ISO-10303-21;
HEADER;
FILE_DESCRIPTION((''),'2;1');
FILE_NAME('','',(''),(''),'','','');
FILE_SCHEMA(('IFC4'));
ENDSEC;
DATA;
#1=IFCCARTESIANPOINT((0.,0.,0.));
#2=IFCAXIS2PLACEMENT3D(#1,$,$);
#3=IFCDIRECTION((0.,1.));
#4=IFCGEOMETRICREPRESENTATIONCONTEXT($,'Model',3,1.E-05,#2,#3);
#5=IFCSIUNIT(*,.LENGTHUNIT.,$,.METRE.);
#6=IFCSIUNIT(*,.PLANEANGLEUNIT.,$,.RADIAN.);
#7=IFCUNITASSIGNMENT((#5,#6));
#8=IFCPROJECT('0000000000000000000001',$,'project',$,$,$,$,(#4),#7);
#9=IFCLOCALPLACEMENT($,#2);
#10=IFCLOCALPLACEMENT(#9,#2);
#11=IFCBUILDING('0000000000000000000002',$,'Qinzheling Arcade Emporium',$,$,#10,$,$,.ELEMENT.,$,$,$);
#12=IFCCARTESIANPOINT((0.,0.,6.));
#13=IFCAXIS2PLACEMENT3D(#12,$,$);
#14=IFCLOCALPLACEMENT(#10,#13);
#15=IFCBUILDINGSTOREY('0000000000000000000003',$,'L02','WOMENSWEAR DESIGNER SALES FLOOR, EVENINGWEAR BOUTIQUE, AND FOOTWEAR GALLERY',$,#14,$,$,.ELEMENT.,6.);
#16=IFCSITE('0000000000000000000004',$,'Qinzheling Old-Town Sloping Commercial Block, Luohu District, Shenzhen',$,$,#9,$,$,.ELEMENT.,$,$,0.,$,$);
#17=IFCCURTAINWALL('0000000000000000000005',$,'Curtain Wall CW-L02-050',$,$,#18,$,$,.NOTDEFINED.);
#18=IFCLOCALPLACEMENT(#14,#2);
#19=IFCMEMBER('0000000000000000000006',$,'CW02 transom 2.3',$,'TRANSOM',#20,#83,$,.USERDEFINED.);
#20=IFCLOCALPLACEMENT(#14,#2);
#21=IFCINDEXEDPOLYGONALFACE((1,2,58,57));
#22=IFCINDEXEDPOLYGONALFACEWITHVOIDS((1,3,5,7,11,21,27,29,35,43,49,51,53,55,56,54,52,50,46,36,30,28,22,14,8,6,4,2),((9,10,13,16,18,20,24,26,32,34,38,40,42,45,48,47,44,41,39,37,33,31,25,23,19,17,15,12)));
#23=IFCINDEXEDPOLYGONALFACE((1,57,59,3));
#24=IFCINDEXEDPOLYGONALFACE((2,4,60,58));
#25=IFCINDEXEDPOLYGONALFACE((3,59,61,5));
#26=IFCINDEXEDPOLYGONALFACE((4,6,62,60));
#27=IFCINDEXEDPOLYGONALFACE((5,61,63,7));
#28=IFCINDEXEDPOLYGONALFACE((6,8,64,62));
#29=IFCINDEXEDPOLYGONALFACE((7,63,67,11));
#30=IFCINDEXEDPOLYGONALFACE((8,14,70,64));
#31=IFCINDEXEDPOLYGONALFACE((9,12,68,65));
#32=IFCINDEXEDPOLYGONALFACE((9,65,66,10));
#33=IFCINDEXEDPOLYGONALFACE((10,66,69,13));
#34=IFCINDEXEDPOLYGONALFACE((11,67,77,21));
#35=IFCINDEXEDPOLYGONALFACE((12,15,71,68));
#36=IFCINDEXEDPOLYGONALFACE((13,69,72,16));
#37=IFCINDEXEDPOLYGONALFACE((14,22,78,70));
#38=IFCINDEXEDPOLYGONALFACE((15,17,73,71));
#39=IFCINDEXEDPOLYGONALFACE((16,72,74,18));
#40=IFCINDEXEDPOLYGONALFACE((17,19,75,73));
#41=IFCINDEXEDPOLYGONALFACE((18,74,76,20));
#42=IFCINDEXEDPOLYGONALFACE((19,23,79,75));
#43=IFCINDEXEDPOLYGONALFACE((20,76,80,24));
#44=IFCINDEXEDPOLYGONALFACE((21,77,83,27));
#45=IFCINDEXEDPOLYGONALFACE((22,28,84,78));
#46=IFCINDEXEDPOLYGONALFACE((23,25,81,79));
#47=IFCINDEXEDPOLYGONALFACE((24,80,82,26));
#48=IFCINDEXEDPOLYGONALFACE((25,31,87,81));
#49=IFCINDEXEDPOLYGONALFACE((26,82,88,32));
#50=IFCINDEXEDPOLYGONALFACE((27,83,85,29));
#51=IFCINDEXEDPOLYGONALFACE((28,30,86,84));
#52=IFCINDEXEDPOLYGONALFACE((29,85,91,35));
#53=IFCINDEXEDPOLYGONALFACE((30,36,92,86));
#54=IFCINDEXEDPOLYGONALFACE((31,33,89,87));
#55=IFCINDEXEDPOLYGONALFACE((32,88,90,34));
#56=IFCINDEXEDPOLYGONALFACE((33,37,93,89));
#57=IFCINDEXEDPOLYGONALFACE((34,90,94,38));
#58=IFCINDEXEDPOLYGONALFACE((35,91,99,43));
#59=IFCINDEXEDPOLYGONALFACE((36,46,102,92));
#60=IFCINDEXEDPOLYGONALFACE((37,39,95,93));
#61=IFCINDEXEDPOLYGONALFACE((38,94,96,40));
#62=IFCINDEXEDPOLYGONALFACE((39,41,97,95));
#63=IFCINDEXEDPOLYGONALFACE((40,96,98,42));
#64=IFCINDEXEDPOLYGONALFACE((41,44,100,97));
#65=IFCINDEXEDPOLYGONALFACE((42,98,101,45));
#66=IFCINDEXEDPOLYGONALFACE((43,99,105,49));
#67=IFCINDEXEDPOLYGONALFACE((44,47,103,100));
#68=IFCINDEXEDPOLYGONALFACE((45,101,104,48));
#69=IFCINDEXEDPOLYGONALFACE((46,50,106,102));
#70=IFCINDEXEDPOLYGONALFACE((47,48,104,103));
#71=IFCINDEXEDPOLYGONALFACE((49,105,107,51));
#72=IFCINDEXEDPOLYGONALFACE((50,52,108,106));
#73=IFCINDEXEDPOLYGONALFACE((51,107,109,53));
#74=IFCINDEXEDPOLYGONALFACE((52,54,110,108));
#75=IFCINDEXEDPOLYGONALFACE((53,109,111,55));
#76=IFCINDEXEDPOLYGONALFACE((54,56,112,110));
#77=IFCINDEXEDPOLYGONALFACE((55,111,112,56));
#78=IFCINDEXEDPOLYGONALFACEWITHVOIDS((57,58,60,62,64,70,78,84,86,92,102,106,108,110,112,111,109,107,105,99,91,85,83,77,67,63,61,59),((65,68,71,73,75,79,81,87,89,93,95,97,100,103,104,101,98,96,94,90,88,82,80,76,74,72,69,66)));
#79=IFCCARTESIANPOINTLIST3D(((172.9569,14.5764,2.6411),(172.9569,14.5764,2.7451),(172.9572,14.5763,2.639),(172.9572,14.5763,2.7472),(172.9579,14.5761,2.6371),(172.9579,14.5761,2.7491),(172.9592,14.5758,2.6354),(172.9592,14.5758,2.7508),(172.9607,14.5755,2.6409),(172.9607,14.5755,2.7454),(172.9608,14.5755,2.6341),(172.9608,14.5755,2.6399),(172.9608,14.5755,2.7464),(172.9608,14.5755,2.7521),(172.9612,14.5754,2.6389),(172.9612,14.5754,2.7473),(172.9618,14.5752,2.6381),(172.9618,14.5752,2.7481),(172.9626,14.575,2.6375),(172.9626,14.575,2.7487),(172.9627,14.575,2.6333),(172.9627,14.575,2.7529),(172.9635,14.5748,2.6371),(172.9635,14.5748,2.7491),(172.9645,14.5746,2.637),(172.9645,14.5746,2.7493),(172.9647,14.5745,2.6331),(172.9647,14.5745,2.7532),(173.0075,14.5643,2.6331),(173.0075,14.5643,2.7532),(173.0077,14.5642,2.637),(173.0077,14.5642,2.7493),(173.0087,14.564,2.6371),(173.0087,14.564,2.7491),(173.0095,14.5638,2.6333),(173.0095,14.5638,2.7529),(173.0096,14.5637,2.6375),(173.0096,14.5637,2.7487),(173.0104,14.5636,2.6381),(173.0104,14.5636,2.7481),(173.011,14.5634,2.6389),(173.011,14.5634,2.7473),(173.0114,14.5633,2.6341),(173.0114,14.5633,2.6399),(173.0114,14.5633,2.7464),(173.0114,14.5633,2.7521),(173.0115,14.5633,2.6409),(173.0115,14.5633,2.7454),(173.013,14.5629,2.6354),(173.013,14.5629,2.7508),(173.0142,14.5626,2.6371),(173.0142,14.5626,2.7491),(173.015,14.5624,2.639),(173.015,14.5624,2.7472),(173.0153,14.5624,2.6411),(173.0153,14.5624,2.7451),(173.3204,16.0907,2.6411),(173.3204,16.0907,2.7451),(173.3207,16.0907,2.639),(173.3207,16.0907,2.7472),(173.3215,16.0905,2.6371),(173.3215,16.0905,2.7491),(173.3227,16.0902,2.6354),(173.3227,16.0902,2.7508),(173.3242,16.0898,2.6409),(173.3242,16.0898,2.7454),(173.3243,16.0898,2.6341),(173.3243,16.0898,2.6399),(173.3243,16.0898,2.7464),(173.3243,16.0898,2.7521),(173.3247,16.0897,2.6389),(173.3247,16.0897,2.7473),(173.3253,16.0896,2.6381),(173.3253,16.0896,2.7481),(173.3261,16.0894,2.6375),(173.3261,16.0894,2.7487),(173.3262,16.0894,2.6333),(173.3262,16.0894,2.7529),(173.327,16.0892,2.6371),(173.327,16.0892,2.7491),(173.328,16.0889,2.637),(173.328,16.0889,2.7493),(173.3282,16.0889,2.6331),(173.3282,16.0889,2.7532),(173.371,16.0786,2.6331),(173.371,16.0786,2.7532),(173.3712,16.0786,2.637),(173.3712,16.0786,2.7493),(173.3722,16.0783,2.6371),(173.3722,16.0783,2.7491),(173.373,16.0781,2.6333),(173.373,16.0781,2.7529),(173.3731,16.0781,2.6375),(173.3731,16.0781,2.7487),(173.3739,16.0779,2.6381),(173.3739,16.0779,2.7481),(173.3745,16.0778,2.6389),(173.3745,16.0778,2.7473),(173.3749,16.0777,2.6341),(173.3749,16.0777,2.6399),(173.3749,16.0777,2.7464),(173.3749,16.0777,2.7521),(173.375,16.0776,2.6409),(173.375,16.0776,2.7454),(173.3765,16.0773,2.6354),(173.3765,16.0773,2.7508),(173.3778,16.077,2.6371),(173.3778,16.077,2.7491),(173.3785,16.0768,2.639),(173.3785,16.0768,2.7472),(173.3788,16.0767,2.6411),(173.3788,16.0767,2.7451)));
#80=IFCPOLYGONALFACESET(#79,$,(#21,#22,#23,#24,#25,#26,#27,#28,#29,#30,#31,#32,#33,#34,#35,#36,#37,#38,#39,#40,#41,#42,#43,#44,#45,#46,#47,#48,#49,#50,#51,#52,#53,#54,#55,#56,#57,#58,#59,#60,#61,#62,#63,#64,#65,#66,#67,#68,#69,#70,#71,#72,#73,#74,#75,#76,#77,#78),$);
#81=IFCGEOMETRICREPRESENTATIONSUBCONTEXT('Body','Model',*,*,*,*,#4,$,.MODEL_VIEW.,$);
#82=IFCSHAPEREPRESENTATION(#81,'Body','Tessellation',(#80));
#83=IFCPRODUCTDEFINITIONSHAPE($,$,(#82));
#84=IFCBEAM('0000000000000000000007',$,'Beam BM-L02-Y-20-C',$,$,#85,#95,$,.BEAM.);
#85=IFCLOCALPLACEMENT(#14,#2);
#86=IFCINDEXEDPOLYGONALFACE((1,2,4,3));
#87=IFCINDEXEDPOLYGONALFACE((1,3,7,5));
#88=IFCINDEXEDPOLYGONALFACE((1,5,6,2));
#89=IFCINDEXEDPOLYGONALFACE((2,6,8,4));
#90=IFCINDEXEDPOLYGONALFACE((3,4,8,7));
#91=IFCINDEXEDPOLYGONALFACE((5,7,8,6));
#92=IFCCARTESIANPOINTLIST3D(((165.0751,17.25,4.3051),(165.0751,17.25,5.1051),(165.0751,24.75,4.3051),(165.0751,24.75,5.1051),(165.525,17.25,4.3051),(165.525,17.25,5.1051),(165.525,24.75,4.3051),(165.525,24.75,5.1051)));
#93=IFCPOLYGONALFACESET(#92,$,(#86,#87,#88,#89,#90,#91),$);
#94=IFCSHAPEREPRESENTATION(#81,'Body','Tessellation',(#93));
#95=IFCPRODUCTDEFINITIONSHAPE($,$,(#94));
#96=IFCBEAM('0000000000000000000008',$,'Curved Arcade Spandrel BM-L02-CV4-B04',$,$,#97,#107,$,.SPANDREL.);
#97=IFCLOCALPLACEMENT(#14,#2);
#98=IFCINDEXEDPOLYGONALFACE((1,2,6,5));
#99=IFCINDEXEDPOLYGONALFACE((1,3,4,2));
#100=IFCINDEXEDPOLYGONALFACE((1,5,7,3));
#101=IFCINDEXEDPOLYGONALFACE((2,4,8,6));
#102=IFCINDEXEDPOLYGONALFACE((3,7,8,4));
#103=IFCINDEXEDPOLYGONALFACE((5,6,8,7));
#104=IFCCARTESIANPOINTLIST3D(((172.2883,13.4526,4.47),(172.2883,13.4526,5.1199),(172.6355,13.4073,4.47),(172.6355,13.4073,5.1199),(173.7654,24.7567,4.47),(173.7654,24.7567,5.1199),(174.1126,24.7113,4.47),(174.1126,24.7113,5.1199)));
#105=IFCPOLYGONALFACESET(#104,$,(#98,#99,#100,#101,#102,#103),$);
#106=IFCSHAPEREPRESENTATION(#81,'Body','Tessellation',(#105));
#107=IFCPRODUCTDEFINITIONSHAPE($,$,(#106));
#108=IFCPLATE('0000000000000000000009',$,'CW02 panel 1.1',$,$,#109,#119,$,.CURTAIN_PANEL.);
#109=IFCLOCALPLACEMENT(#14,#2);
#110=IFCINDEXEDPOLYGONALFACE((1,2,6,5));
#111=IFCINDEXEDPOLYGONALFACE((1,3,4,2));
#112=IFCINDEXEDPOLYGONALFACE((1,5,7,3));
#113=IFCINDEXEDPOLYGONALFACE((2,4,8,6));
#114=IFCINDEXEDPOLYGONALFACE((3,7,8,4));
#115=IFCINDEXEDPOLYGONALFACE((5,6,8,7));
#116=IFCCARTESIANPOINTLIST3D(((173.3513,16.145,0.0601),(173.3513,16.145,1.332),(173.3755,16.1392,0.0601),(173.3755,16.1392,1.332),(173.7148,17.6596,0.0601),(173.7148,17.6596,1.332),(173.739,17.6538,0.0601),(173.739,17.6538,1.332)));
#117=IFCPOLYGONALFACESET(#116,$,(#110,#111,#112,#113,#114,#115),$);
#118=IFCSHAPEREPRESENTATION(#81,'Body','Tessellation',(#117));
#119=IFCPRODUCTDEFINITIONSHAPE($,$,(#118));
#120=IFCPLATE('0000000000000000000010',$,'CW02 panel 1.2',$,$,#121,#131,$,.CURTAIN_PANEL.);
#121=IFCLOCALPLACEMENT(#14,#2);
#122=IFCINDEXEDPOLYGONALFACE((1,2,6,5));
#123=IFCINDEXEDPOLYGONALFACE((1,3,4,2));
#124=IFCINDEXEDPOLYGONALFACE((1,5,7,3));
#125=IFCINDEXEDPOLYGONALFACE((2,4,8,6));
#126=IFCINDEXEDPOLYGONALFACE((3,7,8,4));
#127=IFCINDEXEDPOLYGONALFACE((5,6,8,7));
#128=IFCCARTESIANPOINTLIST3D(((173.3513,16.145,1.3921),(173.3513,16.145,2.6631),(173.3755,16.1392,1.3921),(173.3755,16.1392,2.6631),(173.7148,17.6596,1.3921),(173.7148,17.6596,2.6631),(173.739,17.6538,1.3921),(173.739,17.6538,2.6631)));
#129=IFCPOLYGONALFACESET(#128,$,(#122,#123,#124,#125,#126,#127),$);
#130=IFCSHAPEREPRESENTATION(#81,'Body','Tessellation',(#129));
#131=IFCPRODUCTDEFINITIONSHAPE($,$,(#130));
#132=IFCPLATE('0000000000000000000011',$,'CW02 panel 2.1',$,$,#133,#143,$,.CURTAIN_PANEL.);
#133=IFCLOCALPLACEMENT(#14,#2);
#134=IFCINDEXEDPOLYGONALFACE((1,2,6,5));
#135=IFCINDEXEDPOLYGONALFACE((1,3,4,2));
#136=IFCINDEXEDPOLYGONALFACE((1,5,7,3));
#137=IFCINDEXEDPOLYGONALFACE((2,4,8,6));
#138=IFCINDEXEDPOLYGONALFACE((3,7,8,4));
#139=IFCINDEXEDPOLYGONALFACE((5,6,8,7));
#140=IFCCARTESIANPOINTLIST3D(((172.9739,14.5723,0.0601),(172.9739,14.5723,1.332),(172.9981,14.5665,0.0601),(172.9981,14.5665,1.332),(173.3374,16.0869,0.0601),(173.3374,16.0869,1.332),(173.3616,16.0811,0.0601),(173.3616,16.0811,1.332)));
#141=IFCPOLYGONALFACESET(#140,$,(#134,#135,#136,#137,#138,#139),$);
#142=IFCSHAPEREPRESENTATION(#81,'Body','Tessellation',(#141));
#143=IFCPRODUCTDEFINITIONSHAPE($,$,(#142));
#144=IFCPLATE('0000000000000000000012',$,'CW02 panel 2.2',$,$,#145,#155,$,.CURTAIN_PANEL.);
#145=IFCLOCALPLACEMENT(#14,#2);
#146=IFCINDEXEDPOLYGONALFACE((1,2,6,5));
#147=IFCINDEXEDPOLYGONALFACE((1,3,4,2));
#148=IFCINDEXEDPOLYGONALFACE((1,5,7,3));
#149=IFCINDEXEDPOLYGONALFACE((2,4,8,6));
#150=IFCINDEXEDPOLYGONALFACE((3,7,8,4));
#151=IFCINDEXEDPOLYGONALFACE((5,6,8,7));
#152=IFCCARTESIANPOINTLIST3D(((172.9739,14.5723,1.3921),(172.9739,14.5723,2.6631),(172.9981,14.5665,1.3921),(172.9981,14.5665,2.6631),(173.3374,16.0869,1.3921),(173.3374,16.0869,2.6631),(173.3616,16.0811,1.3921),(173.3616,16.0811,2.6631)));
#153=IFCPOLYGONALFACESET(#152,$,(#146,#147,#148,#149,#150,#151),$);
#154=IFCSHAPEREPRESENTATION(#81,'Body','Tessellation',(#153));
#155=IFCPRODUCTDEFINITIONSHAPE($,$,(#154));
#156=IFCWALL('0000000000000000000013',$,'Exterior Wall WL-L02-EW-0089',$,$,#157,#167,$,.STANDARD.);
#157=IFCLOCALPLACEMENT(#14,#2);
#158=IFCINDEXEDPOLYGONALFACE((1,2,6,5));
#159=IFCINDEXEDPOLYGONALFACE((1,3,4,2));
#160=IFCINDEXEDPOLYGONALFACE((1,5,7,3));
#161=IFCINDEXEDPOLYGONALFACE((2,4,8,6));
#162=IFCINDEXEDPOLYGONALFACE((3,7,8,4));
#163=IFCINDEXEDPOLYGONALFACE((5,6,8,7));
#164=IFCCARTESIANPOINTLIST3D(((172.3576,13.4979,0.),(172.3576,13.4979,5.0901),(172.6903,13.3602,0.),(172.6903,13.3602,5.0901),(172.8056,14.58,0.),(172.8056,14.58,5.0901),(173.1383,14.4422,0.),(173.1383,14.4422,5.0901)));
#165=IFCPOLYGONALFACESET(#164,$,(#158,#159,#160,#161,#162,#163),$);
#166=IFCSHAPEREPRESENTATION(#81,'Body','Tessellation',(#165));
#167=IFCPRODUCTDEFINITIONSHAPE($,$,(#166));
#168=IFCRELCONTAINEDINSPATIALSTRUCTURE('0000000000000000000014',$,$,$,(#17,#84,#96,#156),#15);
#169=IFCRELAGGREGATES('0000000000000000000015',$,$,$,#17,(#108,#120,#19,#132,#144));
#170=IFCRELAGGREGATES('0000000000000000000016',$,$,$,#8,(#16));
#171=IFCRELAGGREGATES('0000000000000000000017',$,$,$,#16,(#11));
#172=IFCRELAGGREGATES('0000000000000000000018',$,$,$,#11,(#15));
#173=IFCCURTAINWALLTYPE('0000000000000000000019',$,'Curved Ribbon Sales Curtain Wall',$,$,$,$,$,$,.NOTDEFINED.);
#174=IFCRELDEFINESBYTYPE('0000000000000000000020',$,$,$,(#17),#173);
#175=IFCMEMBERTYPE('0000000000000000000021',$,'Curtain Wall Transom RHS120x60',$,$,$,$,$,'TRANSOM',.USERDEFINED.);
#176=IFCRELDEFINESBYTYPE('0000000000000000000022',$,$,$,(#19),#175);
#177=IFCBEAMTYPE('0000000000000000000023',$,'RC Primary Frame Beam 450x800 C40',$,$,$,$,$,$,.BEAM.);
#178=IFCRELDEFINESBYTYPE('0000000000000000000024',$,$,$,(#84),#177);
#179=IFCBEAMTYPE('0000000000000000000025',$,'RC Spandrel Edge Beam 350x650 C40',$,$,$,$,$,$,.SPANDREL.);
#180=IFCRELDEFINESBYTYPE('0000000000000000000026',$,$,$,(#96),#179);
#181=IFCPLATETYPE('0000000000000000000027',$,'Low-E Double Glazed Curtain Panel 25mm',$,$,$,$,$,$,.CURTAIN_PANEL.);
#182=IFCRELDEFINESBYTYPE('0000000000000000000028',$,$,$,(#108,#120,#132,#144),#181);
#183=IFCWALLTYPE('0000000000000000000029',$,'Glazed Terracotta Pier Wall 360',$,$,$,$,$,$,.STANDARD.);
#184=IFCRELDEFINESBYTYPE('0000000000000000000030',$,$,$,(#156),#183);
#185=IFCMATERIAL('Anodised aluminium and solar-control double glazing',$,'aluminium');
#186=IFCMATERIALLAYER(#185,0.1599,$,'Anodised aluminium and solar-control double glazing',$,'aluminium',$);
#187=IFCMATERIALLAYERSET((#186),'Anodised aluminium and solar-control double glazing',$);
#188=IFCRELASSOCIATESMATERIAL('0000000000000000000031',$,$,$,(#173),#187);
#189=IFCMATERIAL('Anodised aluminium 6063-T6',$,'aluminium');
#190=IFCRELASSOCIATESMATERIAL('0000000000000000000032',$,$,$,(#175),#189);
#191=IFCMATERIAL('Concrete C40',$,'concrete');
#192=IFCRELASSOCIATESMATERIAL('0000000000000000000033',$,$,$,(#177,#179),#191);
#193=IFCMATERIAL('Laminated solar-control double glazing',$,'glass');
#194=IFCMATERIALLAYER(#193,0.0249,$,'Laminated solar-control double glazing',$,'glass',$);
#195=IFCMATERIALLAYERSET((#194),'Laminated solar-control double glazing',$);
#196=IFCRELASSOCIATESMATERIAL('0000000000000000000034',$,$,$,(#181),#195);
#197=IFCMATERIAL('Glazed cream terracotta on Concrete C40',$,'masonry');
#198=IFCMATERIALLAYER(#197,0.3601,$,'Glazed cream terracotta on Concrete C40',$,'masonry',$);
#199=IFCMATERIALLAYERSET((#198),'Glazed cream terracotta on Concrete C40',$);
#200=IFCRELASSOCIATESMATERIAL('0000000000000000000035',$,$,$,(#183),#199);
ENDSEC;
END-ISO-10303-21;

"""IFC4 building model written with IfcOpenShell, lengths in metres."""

from ifc_helpers import new_model, si_unit, direction, frame, frame_2d, origin, origin_2d, place, context, subcontext, project, spatial, rectangle, hollow_rectangle, extrude, material, layer, layer_set, material_profile, profile_set, type_object, element, aggregate, save


model = new_model("IFC4")

# Units and contexts
model_context = context("Model", 3, precision=1e-05, world=origin(), true_north=direction((0.0, 1.0)))
body_context = subcontext(model_context, "Body", "Model", "MODEL_VIEW")
ifc_project = project(units=[si_unit("LENGTHUNIT", "METRE"), si_unit("PLANEANGLEUNIT", "RADIAN")], contexts=[model_context])

# Site, building, storey
site_placement = place(None, origin())
site = spatial("IfcSite", under=ifc_project, at=site_placement, Name="Qinzheling Old-Town Sloping Commercial Block, Luohu District, Shenzhen", CompositionType="ELEMENT", RefElevation=0.0)
building_placement = place(site_placement, origin())
building = spatial("IfcBuilding", under=site, at=building_placement, Name="Qinzheling Arcade Emporium", CompositionType="ELEMENT")
storey_placement = place(building_placement, frame((0.0, 0.0, 6.0)))
storey = spatial("IfcBuildingStorey", under=building, at=storey_placement, Name="L02", Description="WOMENSWEAR DESIGNER SALES FLOOR, EVENINGWEAR BOUTIQUE, AND FOOTWEAR GALLERY", CompositionType="ELEMENT", Elevation=6.0)

# Curtain wall, member
ifc_material_1 = material(Name="Anodised aluminium and solar-control double glazing", Category="aluminium")
ifc_layer_1 = layer(ifc_material_1, 0.1599, Name="Anodised aluminium and solar-control double glazing", Category="aluminium")
ifc_layer_set_1 = layer_set([ifc_layer_1], Name="Anodised aluminium and solar-control double glazing")
curtain_wall_type = type_object("IfcCurtainWallType", Name="Curved Ribbon Sales Curtain Wall", PredefinedType="NOTDEFINED", material=ifc_layer_set_1)
curtain_wall_placement = place(storey_placement, origin())
curtain_wall = element("IfcCurtainWall", 1, at=curtain_wall_placement, inside=storey, type_object=curtain_wall_type, Name="Curtain Wall CW-L02-050", PredefinedType="NOTDEFINED")
ifc_material_2 = material(Name="Anodised aluminium 6063-T6", Category="aluminium")
ifc_material_profile_1 = material_profile(ifc_material_2, hollow_rectangle(XDim=0.0601, YDim=0.1201, WallThickness=0.0039, InnerFilletRadius=0.0039, OuterFilletRadius=0.0081, at=origin_2d()), Name="RHS 120x60x4", Category="aluminium")
ifc_profile_set_1 = profile_set([ifc_material_profile_1], Name="Anodised aluminium 6063-T6")
member_type_1 = type_object("IfcMemberType", Name="Curtain Wall Transom RHS120x60", ElementType="TRANSOM", PredefinedType="USERDEFINED", material=ifc_profile_set_1)
member_1_placement = place(storey_placement, frame((173.3496, 16.0837, 2.6931), z_axis=(-0.233414, -0.972377, 0.0), x_axis=(0.972377, -0.233414, 0.0)))
member_1 = element("IfcMember", 2, at=member_1_placement, type_object=member_type_1, Name="CW02 transom 2.3", ObjectType="TRANSOM", PredefinedType="USERDEFINED", context=body_context, shape_type="SweptSolid", body=[
    extrude(hollow_rectangle(XDim=0.0601, YDim=0.1201, WallThickness=0.0039, InnerFilletRadius=0.0039, OuterFilletRadius=0.0081, at=origin_2d()), origin(), (0.0, 0.0, 1.0), 1.5574),
])

# Beams
ifc_material_3 = material(Name="Concrete C40", Category="concrete")
ifc_material_profile_2 = material_profile(ifc_material_3, rectangle(XDim=0.45, YDim=0.8, at=origin_2d()), Name="RC 450x800", Category="concrete")
ifc_profile_set_2 = profile_set([ifc_material_profile_2], Name="Concrete C40")
beam_type_1 = type_object("IfcBeamType", Name="RC Primary Frame Beam 450x800 C40", PredefinedType="BEAM", material=ifc_profile_set_2)
beam_1_placement = place(storey_placement, frame((165.3, 17.25, 4.7051), z_axis=(0.0, 1.0, 0.0), x_axis=(-1.0, 0.0, 0.0)))
element("IfcBeam", 3, at=beam_1_placement, inside=storey, type_object=beam_type_1, Name="Beam BM-L02-Y-20-C", PredefinedType="BEAM", context=body_context, shape_type="SweptSolid", body=[
    extrude(rectangle(XDim=0.45, YDim=0.8, at=origin_2d()), origin(), (0.0, 0.0, 1.0), 7.5),
])
ifc_material_profile_3 = material_profile(ifc_material_3, rectangle(XDim=0.3501, YDim=0.6499, at=origin_2d()), Name="RC 350x650", Category="concrete")
ifc_profile_set_3 = profile_set([ifc_material_profile_3], Name="Concrete C40")
beam_type_2 = type_object("IfcBeamType", Name="RC Spandrel Edge Beam 350x650 C40", PredefinedType="SPANDREL", material=ifc_profile_set_3)
beam_2_placement = place(storey_placement, frame((172.4619, 13.4299, 4.7949), z_axis=(0.129565, 0.991571, 0.0), x_axis=(-0.991571, 0.129565, 0.0)))
element("IfcBeam", 4, at=beam_2_placement, inside=storey, type_object=beam_type_2, Name="Curved Arcade Spandrel BM-L02-CV4-B04", PredefinedType="SPANDREL", context=body_context, shape_type="SweptSolid", body=[
    extrude(rectangle(XDim=0.3501, YDim=0.6499, at=origin_2d()), origin(), (0.0, 0.0, 1.0), 11.4001),
])

# Plates
ifc_material_4 = material(Name="Laminated solar-control double glazing", Category="glass")
ifc_layer_2 = layer(ifc_material_4, 0.0249, Name="Laminated solar-control double glazing", Category="glass")
ifc_layer_set_2 = layer_set([ifc_layer_2], Name="Laminated solar-control double glazing")
plate_type = type_object("IfcPlateType", Name="Low-E Double Glazed Curtain Panel 25mm", PredefinedType="CURTAIN_PANEL", material=ifc_layer_set_2)
plate_1_placement = place(storey_placement, frame((173.5452, 16.8994, 0.0601), z_axis=(0.0, 0.0, 1.0), x_axis=(-0.233384, -0.972385, 0.0)))
plate_1 = element("IfcPlate", 5, at=plate_1_placement, type_object=plate_type, Name="CW02 panel 1.1", PredefinedType="CURTAIN_PANEL", context=body_context, shape_type="SweptSolid", body=[
    extrude(rectangle(XDim=1.5576, YDim=0.0249, at=origin_2d()), origin(), (0.0, 0.0, 1.0), 1.272),
])
plate_2_placement = place(storey_placement, frame((173.5452, 16.8994, 1.3921), z_axis=(0.0, 0.0, 1.0), x_axis=(-0.233384, -0.972385, 0.0)))
plate_2 = element("IfcPlate", 6, at=plate_2_placement, type_object=plate_type, Name="CW02 panel 1.2", PredefinedType="CURTAIN_PANEL", context=body_context, shape_type="SweptSolid", body=[
    extrude(rectangle(XDim=1.5576, YDim=0.0249, at=origin_2d()), origin(), (0.0, 0.0, 1.0), 1.271),
])
plate_3_placement = place(storey_placement, frame((173.1677, 15.3267, 0.0601), z_axis=(0.0, 0.0, 1.0), x_axis=(-0.233384, -0.972385, 0.0)))
plate_3 = element("IfcPlate", 7, at=plate_3_placement, type_object=plate_type, Name="CW02 panel 2.1", PredefinedType="CURTAIN_PANEL", context=body_context, shape_type="SweptSolid", body=[
    extrude(rectangle(XDim=1.5576, YDim=0.0249, at=origin_2d()), origin(), (0.0, 0.0, 1.0), 1.272),
])
plate_4_placement = place(storey_placement, frame((173.1677, 15.3267, 1.3921), z_axis=(0.0, 0.0, 1.0), x_axis=(-0.233384, -0.972385, 0.0)))
plate_4 = element("IfcPlate", 8, at=plate_4_placement, type_object=plate_type, Name="CW02 panel 2.2", PredefinedType="CURTAIN_PANEL", context=body_context, shape_type="SweptSolid", body=[
    extrude(rectangle(XDim=1.5576, YDim=0.0249, at=origin_2d()), origin(), (0.0, 0.0, 1.0), 1.271),
])
aggregate(curtain_wall, [plate_1, plate_2, member_1, plate_3, plate_4])

# Wall
ifc_material_5 = material(Name="Glazed cream terracotta on Concrete C40", Category="masonry")
ifc_layer_3 = layer(ifc_material_5, 0.3601, Name="Glazed cream terracotta on Concrete C40", Category="masonry")
ifc_layer_set_3 = layer_set([ifc_layer_3], Name="Glazed cream terracotta on Concrete C40")
wall_type = type_object("IfcWallType", Name="Glazed Terracotta Pier Wall 360", PredefinedType="STANDARD", material=ifc_layer_set_3)
wall_placement = place(storey_placement, frame((172.9719, 14.511, 0.0), z_axis=(0.0, 0.0, 1.0), x_axis=(-0.382542, -0.923938, 0.0)))
element("IfcWall", 9, at=wall_placement, inside=storey, type_object=wall_type, Name="Exterior Wall WL-L02-EW-0089", PredefinedType="STANDARD", context=body_context, shape_type="SweptSolid", body=[
    extrude(rectangle(XDim=1.1711, YDim=0.3601, at=frame_2d((0.5854, 0.0))), origin(), (0.0, 0.0, 1.0), 5.0901),
])

save(model, "model.ifc")
